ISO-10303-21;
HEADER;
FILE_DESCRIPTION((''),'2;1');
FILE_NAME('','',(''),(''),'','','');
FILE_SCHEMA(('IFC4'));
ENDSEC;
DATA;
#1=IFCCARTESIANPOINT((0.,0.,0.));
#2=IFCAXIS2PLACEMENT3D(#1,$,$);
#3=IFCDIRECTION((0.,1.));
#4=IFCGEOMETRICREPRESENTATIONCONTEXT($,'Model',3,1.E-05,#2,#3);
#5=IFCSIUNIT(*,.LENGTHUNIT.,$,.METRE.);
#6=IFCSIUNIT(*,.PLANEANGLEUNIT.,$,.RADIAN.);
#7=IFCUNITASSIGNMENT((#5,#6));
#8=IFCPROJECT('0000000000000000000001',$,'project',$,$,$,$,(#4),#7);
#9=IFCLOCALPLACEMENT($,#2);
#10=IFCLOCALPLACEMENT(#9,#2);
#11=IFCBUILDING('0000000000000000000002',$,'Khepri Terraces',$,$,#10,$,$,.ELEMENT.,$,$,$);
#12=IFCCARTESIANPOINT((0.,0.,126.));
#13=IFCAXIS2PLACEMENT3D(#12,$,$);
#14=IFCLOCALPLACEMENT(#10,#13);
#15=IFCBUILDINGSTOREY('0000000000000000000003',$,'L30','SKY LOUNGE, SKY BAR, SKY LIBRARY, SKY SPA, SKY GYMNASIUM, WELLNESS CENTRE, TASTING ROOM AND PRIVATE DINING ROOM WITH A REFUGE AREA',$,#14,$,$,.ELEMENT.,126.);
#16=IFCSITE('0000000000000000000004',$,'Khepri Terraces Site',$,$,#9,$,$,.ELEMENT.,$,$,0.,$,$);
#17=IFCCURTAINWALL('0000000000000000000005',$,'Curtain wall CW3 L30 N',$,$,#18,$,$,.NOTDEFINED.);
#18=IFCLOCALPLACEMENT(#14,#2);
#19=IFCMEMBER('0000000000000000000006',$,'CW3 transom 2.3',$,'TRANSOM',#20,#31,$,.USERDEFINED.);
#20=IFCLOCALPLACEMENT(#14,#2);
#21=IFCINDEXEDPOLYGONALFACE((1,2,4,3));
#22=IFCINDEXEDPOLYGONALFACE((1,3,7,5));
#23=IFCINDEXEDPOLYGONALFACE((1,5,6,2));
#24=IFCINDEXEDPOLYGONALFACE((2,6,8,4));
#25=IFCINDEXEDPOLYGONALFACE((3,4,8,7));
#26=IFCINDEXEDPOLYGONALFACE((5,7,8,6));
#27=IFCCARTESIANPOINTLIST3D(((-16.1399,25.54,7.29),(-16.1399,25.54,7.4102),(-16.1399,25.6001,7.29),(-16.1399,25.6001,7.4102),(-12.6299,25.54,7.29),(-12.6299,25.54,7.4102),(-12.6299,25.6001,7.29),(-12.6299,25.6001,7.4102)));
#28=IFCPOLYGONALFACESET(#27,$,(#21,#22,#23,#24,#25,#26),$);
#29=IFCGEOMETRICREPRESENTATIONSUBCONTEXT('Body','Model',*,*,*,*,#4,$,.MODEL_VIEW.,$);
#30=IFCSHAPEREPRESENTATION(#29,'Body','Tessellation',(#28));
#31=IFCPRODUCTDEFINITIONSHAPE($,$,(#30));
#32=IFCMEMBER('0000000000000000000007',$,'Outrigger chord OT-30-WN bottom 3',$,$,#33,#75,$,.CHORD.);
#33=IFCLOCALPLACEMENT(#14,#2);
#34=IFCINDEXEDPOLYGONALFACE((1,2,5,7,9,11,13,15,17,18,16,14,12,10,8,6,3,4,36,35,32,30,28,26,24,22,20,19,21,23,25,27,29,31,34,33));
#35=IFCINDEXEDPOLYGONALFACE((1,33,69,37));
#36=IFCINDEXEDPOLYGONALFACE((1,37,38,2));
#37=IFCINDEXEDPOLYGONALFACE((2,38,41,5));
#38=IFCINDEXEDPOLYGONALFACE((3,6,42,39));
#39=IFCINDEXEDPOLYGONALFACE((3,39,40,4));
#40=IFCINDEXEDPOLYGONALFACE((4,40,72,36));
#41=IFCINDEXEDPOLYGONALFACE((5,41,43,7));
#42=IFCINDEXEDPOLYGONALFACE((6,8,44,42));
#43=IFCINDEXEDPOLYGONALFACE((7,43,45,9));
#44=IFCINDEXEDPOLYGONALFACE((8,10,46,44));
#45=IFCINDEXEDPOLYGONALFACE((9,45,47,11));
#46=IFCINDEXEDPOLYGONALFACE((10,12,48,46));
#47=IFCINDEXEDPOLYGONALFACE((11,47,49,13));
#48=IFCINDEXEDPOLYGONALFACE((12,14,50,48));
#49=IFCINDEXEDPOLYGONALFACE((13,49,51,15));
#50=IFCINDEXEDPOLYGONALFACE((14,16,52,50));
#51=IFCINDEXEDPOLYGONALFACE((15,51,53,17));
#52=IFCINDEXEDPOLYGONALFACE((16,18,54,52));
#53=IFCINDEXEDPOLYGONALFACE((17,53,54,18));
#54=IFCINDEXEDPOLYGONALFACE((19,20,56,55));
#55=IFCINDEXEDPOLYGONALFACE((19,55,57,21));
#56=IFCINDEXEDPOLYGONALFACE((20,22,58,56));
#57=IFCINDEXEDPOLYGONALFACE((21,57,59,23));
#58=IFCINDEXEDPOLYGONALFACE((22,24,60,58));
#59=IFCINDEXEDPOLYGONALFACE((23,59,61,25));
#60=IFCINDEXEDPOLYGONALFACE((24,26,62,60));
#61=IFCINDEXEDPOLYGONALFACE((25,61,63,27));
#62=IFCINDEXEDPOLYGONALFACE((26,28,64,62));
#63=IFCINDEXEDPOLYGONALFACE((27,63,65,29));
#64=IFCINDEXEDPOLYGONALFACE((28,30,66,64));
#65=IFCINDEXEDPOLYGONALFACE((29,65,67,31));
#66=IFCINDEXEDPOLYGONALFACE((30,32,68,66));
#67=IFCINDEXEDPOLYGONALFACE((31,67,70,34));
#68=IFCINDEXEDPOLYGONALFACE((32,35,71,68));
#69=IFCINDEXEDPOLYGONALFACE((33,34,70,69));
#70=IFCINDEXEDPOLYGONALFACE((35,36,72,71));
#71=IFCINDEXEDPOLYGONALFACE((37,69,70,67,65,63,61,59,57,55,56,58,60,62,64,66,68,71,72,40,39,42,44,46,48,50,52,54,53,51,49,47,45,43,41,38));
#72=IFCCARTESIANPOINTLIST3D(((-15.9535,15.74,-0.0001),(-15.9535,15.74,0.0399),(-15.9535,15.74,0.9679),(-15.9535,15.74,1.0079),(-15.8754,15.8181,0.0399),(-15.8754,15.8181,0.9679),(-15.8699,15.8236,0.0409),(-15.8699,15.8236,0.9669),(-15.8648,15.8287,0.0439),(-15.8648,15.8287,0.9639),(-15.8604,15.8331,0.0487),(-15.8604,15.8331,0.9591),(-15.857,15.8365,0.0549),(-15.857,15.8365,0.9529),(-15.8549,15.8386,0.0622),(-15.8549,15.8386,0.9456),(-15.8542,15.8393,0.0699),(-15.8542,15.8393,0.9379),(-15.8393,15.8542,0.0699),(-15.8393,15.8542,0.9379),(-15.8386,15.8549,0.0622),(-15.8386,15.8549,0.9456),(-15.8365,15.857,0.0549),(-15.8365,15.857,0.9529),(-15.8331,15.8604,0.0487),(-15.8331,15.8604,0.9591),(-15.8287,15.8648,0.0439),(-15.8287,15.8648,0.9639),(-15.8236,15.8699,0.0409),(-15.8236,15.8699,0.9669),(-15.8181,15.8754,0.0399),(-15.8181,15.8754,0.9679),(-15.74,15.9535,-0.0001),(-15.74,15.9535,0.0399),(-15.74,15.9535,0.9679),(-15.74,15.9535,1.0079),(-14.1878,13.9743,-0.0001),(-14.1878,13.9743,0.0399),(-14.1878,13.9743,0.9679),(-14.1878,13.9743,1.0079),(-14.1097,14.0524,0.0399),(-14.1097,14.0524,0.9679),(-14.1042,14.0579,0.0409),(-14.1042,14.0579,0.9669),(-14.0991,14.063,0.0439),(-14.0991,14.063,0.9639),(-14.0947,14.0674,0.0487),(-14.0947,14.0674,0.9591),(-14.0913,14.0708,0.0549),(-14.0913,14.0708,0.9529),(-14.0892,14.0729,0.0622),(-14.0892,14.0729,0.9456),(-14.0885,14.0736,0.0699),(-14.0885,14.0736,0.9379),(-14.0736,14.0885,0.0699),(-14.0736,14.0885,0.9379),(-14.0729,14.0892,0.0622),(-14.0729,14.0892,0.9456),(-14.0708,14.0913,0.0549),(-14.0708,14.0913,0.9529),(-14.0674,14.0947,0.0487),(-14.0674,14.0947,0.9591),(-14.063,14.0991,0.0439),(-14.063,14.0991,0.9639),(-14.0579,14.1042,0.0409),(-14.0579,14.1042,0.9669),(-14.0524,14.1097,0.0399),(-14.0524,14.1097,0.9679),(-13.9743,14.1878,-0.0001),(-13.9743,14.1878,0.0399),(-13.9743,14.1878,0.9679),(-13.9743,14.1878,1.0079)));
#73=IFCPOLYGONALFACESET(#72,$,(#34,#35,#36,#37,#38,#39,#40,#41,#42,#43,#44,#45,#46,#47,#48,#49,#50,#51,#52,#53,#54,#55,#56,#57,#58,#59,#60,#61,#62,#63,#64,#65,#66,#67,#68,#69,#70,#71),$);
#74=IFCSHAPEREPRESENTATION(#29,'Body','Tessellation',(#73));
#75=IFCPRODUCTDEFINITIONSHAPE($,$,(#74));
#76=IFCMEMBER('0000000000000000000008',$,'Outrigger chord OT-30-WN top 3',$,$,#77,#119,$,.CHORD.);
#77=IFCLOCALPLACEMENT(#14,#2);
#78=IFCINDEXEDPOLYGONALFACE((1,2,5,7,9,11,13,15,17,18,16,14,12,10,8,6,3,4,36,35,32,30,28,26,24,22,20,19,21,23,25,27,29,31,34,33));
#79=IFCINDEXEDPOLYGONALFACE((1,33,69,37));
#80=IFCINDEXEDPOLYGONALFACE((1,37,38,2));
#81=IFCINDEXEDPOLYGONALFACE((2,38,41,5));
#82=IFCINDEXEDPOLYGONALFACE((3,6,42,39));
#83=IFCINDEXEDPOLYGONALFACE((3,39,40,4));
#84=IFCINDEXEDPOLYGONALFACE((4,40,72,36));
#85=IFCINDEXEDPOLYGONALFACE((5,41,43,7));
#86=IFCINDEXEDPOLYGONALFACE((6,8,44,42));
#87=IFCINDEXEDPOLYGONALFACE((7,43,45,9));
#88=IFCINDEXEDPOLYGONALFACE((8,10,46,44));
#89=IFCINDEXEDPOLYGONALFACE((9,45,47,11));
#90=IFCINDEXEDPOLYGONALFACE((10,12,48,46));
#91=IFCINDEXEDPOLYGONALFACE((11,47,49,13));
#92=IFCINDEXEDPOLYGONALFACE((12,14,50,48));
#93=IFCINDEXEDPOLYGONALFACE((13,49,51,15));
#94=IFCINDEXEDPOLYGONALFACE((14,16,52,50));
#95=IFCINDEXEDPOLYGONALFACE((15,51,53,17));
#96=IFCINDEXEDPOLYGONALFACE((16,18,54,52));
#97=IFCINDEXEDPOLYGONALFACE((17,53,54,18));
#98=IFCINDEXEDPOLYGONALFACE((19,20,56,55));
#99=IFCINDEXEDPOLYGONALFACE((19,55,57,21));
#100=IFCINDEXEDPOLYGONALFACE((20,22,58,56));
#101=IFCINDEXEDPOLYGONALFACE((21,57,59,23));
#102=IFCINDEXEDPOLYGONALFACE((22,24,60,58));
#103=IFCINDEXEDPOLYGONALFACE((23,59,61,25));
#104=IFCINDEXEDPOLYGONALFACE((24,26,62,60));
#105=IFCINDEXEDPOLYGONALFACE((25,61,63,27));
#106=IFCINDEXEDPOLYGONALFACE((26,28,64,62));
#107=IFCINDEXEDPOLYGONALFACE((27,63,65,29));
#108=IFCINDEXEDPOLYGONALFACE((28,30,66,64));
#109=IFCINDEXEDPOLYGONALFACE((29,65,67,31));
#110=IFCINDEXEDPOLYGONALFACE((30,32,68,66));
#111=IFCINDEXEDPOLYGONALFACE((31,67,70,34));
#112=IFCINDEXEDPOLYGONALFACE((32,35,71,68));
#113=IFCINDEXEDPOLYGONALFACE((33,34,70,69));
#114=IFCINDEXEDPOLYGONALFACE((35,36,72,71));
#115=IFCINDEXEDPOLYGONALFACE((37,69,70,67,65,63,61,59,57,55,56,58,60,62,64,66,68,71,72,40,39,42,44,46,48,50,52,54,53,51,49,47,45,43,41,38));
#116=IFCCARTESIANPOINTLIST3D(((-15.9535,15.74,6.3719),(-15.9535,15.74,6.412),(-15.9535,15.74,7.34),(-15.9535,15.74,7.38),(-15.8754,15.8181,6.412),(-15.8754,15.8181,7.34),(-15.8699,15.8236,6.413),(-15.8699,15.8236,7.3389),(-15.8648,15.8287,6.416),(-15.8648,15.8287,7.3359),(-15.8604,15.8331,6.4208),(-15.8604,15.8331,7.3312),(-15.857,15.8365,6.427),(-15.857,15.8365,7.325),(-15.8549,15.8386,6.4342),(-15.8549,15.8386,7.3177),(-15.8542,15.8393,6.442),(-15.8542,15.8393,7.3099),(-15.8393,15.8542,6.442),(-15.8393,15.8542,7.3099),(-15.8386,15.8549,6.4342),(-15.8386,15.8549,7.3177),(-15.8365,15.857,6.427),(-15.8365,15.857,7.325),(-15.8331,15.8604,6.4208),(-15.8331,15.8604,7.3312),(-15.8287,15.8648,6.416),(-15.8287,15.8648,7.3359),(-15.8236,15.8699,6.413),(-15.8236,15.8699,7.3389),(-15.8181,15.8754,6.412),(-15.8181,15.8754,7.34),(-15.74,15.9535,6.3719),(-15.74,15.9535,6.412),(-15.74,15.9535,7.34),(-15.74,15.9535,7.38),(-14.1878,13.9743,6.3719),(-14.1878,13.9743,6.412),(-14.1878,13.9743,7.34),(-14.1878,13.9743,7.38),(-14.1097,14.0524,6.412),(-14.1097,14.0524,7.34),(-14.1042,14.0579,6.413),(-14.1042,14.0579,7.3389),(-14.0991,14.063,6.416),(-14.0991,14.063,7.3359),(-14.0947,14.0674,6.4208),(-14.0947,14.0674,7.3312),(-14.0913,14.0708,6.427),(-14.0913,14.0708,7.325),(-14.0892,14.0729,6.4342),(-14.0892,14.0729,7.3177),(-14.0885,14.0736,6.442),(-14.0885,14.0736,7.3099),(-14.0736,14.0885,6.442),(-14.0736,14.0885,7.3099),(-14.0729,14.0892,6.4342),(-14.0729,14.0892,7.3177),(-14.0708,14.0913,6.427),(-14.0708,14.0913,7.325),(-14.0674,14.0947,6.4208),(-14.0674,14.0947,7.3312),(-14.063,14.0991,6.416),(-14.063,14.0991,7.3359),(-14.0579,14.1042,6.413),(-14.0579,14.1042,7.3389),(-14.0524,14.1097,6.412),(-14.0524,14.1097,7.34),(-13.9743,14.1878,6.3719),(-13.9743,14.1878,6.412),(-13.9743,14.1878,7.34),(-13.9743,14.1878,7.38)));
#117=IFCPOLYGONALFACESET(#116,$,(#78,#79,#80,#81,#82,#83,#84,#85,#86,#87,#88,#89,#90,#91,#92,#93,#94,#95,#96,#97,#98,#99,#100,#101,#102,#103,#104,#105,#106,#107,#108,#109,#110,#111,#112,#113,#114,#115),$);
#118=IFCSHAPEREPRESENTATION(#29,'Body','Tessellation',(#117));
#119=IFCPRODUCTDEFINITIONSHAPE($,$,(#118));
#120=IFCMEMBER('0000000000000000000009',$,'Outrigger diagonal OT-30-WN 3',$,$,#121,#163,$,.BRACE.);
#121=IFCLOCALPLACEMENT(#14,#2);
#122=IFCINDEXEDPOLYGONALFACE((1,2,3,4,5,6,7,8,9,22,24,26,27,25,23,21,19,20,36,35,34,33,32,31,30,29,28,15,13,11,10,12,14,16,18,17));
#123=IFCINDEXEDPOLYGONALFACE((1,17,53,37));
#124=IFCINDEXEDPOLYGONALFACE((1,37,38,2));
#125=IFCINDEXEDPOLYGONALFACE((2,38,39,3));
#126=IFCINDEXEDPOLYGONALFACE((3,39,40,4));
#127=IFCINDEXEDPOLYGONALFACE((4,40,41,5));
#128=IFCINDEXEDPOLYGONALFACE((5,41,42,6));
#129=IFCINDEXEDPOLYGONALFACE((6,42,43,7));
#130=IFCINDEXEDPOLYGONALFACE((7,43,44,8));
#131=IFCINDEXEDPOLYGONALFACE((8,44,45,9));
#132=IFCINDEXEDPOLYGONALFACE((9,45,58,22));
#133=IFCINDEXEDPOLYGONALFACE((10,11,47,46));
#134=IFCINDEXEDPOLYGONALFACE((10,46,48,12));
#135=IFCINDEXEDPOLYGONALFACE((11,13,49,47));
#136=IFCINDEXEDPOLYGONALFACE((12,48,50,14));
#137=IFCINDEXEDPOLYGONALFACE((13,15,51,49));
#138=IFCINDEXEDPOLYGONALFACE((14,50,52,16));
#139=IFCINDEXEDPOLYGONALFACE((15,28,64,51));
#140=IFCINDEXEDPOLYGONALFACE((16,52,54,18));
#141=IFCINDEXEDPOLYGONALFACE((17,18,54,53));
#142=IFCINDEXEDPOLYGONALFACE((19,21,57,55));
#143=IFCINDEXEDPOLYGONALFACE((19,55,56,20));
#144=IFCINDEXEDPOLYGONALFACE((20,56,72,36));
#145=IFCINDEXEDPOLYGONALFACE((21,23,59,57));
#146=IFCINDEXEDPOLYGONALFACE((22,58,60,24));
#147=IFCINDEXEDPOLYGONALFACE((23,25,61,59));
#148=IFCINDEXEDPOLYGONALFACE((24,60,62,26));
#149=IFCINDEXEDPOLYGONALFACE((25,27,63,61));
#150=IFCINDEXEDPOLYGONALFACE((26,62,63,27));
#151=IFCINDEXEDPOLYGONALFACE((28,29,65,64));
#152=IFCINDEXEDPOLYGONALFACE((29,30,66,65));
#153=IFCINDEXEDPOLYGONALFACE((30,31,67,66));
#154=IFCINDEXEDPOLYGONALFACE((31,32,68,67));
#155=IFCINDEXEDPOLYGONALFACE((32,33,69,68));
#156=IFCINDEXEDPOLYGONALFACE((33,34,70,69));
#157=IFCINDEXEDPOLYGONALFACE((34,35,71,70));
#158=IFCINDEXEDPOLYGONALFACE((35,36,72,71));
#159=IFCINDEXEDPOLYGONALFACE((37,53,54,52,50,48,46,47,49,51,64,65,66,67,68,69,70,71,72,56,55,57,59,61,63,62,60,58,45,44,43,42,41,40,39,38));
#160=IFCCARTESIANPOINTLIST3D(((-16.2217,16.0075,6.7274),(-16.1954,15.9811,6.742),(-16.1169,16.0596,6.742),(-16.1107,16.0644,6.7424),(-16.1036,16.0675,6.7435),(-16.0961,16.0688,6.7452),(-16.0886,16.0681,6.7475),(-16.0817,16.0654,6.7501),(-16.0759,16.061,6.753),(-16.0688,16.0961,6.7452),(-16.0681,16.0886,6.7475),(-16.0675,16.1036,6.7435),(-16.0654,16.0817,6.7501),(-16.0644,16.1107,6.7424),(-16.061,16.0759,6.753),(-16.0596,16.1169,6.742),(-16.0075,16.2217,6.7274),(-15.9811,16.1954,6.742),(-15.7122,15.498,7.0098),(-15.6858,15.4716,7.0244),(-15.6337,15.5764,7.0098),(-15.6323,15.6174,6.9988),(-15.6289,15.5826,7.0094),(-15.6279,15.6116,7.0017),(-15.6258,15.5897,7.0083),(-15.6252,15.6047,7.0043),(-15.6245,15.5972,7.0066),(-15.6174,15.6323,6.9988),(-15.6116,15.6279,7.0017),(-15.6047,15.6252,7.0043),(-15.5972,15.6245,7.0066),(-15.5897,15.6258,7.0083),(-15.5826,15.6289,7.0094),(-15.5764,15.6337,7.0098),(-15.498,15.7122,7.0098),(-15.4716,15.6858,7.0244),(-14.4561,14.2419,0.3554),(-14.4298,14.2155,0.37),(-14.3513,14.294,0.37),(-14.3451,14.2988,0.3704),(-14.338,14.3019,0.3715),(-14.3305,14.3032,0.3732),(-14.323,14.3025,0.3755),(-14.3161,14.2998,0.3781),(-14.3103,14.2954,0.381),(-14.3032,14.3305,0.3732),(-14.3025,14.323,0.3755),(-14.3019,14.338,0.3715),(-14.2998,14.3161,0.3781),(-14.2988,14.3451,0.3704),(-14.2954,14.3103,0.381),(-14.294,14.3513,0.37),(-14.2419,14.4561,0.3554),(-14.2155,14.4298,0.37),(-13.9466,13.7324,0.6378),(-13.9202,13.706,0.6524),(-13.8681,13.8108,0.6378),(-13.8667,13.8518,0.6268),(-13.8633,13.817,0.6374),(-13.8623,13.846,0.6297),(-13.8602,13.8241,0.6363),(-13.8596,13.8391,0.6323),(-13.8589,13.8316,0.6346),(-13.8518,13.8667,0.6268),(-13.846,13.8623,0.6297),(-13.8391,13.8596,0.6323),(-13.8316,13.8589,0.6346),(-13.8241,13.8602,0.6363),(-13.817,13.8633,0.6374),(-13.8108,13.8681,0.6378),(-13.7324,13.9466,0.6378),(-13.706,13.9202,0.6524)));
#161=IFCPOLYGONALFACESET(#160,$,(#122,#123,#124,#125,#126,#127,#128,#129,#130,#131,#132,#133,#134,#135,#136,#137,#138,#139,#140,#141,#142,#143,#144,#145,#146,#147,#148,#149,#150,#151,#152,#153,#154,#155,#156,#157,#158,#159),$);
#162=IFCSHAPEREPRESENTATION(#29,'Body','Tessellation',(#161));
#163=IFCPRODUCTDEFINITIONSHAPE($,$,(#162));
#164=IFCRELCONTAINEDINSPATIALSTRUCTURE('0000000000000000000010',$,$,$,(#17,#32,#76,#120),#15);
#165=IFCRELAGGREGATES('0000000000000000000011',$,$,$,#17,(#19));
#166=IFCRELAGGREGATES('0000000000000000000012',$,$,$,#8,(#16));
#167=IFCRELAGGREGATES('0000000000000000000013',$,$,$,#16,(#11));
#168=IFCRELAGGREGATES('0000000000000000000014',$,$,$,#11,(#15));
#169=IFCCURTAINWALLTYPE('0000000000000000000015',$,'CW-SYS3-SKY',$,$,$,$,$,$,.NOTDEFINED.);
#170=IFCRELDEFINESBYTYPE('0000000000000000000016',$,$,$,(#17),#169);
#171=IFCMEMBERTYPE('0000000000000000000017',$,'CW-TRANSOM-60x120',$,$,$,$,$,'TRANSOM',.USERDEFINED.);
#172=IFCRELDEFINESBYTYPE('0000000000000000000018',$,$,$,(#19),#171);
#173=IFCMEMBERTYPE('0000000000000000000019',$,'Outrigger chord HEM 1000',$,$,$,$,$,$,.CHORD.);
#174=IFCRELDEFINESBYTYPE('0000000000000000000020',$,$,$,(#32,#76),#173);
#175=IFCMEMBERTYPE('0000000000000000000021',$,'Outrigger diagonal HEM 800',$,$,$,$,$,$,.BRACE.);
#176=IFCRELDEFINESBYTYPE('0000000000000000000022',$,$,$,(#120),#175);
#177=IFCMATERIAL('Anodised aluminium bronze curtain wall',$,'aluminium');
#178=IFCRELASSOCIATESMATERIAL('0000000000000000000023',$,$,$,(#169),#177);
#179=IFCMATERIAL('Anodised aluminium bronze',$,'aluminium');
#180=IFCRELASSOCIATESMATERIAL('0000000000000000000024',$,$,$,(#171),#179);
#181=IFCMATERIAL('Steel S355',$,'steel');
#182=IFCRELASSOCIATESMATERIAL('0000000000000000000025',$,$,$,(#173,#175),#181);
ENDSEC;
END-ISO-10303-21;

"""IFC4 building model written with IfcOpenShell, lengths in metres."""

from ifc_helpers import new_model, si_unit, direction, frame, origin, origin_2d, place, context, subcontext, project, spatial, rectangle, i_section, extrude, material, material_profile, profile_set, type_object, element, aggregate, save


model = new_model("IFC4")

# Units and contexts
model_context = context("Model", 3, precision=1e-05, world=origin(), true_north=direction((0.0, 1.0)))
body_context = subcontext(model_context, "Body", "Model", "MODEL_VIEW")
ifc_project = project(units=[si_unit("LENGTHUNIT", "METRE"), si_unit("PLANEANGLEUNIT", "RADIAN")], contexts=[model_context])

# Site, building, storey
site_placement = place(None, origin())
site = spatial("IfcSite", under=ifc_project, at=site_placement, Name="Khepri Terraces Site", CompositionType="ELEMENT", RefElevation=0.0)
building_placement = place(site_placement, origin())
building = spatial("IfcBuilding", under=site, at=building_placement, Name="Khepri Terraces", CompositionType="ELEMENT")
storey_placement = place(building_placement, frame((0.0, 0.0, 126.0)))
storey = spatial("IfcBuildingStorey", under=building, at=storey_placement, Name="L30", Description="SKY LOUNGE, SKY BAR, SKY LIBRARY, SKY SPA, SKY GYMNASIUM, WELLNESS CENTRE, TASTING ROOM AND PRIVATE DINING ROOM WITH A REFUGE AREA", CompositionType="ELEMENT", Elevation=126.0)

# Shared definitions
ifc_material_1 = material(Name="Steel S355", Category="steel")

# Curtain wall, member
ifc_material_2 = material(Name="Anodised aluminium bronze curtain wall", Category="aluminium")
curtain_wall_type = type_object("IfcCurtainWallType", Name="CW-SYS3-SKY", PredefinedType="NOTDEFINED", material=ifc_material_2)
curtain_wall_placement = place(storey_placement, origin())
curtain_wall = element("IfcCurtainWall", 1, at=curtain_wall_placement, inside=storey, type_object=curtain_wall_type, Name="Curtain wall CW3 L30 N", PredefinedType="NOTDEFINED")
ifc_material_3 = material(Name="Anodised aluminium bronze", Category="aluminium")
ifc_material_profile_1 = material_profile(ifc_material_3, rectangle(XDim=0.0601, YDim=0.1201, at=origin_2d()), Name="Anodised aluminium bronze", Category="aluminium")
ifc_profile_set_1 = profile_set([ifc_material_profile_1], Name="Anodised aluminium bronze")
member_type_1 = type_object("IfcMemberType", Name="CW-TRANSOM-60x120", ElementType="TRANSOM", PredefinedType="USERDEFINED", material=ifc_profile_set_1)
member_1_placement = place(storey_placement, frame((-12.6299, 25.5701, 7.3501), z_axis=(-1.0, 0.0, 0.0), x_axis=(0.0, -1.0, 0.0)))
member_1 = element("IfcMember", 2, at=member_1_placement, type_object=member_type_1, Name="CW3 transom 2.3", ObjectType="TRANSOM", PredefinedType="USERDEFINED", context=body_context, shape_type="SweptSolid", body=[
    extrude(rectangle(XDim=0.0601, YDim=0.1201, at=origin_2d()), origin(), (0.0, 0.0, 1.0), 3.51),
])

# Members
ifc_material_profile_2 = material_profile(ifc_material_1, i_section(OverallWidth=0.302, OverallDepth=1.0081, WebThickness=0.021, FlangeThickness=0.04, FilletRadius=0.03, at=origin_2d()), Name="Steel S355", Category="steel")
ifc_profile_set_2 = profile_set([ifc_material_profile_2], Name="Steel S355")
member_type_2 = type_object("IfcMemberType", Name="Outrigger chord HEM 1000", PredefinedType="CHORD", material=ifc_profile_set_2)
for number, where, z_axis, x_axis, name in (
    (3, (-14.0811, 14.0811, 0.5039), (-0.707107, 0.707107, 0.0), (-0.707107, -0.707107, 0.0), "Outrigger chord OT-30-WN bottom 3"),
    (4, (-14.0811, 14.0811, 6.876), (-0.707107, 0.707107, 0.0), (-0.707107, -0.707107, 0.0), "Outrigger chord OT-30-WN top 3"),
):
    element("IfcMember", number, at=place(storey_placement, frame(where, z_axis=z_axis, x_axis=x_axis)), inside=storey, type_object=member_type_2, Name=name, PredefinedType="CHORD", context=body_context, shape_type="SweptSolid", body=[
        extrude(i_section(OverallWidth=0.302, OverallDepth=1.0081, WebThickness=0.021, FlangeThickness=0.04, FilletRadius=0.03, at=origin_2d()), origin(), (0.0, 0.0, 1.0), 2.4971),
    ])
ifc_material_profile_3 = material_profile(ifc_material_1, i_section(OverallWidth=0.303, OverallDepth=0.814, WebThickness=0.021, FlangeThickness=0.04, FilletRadius=0.03, at=origin_2d()), Name="Steel S355", Category="steel")
ifc_profile_set_3 = profile_set([ifc_material_profile_3], Name="Steel S355")
member_type_3 = type_object("IfcMemberType", Name="Outrigger diagonal HEM 800", PredefinedType="BRACE", material=ifc_profile_set_3)
member_2_placement = place(storey_placement, frame((-14.0811, 14.0811, 0.5039), z_axis=(-0.257987, 0.257987, 0.931067), x_axis=(-0.707107, -0.707107, 0.0)))
element("IfcMember", 5, at=member_2_placement, inside=storey, type_object=member_type_3, Name="Outrigger diagonal OT-30-WN 3", PredefinedType="BRACE", context=body_context, shape_type="SweptSolid", body=[
    extrude(i_section(OverallWidth=0.303, OverallDepth=0.814, WebThickness=0.021, FlangeThickness=0.04, FilletRadius=0.03, at=origin_2d()), origin(), (0.0, 0.0, 1.0), 6.8438),
])

aggregate(curtain_wall, [member_1])

save(model, "model.ifc")
